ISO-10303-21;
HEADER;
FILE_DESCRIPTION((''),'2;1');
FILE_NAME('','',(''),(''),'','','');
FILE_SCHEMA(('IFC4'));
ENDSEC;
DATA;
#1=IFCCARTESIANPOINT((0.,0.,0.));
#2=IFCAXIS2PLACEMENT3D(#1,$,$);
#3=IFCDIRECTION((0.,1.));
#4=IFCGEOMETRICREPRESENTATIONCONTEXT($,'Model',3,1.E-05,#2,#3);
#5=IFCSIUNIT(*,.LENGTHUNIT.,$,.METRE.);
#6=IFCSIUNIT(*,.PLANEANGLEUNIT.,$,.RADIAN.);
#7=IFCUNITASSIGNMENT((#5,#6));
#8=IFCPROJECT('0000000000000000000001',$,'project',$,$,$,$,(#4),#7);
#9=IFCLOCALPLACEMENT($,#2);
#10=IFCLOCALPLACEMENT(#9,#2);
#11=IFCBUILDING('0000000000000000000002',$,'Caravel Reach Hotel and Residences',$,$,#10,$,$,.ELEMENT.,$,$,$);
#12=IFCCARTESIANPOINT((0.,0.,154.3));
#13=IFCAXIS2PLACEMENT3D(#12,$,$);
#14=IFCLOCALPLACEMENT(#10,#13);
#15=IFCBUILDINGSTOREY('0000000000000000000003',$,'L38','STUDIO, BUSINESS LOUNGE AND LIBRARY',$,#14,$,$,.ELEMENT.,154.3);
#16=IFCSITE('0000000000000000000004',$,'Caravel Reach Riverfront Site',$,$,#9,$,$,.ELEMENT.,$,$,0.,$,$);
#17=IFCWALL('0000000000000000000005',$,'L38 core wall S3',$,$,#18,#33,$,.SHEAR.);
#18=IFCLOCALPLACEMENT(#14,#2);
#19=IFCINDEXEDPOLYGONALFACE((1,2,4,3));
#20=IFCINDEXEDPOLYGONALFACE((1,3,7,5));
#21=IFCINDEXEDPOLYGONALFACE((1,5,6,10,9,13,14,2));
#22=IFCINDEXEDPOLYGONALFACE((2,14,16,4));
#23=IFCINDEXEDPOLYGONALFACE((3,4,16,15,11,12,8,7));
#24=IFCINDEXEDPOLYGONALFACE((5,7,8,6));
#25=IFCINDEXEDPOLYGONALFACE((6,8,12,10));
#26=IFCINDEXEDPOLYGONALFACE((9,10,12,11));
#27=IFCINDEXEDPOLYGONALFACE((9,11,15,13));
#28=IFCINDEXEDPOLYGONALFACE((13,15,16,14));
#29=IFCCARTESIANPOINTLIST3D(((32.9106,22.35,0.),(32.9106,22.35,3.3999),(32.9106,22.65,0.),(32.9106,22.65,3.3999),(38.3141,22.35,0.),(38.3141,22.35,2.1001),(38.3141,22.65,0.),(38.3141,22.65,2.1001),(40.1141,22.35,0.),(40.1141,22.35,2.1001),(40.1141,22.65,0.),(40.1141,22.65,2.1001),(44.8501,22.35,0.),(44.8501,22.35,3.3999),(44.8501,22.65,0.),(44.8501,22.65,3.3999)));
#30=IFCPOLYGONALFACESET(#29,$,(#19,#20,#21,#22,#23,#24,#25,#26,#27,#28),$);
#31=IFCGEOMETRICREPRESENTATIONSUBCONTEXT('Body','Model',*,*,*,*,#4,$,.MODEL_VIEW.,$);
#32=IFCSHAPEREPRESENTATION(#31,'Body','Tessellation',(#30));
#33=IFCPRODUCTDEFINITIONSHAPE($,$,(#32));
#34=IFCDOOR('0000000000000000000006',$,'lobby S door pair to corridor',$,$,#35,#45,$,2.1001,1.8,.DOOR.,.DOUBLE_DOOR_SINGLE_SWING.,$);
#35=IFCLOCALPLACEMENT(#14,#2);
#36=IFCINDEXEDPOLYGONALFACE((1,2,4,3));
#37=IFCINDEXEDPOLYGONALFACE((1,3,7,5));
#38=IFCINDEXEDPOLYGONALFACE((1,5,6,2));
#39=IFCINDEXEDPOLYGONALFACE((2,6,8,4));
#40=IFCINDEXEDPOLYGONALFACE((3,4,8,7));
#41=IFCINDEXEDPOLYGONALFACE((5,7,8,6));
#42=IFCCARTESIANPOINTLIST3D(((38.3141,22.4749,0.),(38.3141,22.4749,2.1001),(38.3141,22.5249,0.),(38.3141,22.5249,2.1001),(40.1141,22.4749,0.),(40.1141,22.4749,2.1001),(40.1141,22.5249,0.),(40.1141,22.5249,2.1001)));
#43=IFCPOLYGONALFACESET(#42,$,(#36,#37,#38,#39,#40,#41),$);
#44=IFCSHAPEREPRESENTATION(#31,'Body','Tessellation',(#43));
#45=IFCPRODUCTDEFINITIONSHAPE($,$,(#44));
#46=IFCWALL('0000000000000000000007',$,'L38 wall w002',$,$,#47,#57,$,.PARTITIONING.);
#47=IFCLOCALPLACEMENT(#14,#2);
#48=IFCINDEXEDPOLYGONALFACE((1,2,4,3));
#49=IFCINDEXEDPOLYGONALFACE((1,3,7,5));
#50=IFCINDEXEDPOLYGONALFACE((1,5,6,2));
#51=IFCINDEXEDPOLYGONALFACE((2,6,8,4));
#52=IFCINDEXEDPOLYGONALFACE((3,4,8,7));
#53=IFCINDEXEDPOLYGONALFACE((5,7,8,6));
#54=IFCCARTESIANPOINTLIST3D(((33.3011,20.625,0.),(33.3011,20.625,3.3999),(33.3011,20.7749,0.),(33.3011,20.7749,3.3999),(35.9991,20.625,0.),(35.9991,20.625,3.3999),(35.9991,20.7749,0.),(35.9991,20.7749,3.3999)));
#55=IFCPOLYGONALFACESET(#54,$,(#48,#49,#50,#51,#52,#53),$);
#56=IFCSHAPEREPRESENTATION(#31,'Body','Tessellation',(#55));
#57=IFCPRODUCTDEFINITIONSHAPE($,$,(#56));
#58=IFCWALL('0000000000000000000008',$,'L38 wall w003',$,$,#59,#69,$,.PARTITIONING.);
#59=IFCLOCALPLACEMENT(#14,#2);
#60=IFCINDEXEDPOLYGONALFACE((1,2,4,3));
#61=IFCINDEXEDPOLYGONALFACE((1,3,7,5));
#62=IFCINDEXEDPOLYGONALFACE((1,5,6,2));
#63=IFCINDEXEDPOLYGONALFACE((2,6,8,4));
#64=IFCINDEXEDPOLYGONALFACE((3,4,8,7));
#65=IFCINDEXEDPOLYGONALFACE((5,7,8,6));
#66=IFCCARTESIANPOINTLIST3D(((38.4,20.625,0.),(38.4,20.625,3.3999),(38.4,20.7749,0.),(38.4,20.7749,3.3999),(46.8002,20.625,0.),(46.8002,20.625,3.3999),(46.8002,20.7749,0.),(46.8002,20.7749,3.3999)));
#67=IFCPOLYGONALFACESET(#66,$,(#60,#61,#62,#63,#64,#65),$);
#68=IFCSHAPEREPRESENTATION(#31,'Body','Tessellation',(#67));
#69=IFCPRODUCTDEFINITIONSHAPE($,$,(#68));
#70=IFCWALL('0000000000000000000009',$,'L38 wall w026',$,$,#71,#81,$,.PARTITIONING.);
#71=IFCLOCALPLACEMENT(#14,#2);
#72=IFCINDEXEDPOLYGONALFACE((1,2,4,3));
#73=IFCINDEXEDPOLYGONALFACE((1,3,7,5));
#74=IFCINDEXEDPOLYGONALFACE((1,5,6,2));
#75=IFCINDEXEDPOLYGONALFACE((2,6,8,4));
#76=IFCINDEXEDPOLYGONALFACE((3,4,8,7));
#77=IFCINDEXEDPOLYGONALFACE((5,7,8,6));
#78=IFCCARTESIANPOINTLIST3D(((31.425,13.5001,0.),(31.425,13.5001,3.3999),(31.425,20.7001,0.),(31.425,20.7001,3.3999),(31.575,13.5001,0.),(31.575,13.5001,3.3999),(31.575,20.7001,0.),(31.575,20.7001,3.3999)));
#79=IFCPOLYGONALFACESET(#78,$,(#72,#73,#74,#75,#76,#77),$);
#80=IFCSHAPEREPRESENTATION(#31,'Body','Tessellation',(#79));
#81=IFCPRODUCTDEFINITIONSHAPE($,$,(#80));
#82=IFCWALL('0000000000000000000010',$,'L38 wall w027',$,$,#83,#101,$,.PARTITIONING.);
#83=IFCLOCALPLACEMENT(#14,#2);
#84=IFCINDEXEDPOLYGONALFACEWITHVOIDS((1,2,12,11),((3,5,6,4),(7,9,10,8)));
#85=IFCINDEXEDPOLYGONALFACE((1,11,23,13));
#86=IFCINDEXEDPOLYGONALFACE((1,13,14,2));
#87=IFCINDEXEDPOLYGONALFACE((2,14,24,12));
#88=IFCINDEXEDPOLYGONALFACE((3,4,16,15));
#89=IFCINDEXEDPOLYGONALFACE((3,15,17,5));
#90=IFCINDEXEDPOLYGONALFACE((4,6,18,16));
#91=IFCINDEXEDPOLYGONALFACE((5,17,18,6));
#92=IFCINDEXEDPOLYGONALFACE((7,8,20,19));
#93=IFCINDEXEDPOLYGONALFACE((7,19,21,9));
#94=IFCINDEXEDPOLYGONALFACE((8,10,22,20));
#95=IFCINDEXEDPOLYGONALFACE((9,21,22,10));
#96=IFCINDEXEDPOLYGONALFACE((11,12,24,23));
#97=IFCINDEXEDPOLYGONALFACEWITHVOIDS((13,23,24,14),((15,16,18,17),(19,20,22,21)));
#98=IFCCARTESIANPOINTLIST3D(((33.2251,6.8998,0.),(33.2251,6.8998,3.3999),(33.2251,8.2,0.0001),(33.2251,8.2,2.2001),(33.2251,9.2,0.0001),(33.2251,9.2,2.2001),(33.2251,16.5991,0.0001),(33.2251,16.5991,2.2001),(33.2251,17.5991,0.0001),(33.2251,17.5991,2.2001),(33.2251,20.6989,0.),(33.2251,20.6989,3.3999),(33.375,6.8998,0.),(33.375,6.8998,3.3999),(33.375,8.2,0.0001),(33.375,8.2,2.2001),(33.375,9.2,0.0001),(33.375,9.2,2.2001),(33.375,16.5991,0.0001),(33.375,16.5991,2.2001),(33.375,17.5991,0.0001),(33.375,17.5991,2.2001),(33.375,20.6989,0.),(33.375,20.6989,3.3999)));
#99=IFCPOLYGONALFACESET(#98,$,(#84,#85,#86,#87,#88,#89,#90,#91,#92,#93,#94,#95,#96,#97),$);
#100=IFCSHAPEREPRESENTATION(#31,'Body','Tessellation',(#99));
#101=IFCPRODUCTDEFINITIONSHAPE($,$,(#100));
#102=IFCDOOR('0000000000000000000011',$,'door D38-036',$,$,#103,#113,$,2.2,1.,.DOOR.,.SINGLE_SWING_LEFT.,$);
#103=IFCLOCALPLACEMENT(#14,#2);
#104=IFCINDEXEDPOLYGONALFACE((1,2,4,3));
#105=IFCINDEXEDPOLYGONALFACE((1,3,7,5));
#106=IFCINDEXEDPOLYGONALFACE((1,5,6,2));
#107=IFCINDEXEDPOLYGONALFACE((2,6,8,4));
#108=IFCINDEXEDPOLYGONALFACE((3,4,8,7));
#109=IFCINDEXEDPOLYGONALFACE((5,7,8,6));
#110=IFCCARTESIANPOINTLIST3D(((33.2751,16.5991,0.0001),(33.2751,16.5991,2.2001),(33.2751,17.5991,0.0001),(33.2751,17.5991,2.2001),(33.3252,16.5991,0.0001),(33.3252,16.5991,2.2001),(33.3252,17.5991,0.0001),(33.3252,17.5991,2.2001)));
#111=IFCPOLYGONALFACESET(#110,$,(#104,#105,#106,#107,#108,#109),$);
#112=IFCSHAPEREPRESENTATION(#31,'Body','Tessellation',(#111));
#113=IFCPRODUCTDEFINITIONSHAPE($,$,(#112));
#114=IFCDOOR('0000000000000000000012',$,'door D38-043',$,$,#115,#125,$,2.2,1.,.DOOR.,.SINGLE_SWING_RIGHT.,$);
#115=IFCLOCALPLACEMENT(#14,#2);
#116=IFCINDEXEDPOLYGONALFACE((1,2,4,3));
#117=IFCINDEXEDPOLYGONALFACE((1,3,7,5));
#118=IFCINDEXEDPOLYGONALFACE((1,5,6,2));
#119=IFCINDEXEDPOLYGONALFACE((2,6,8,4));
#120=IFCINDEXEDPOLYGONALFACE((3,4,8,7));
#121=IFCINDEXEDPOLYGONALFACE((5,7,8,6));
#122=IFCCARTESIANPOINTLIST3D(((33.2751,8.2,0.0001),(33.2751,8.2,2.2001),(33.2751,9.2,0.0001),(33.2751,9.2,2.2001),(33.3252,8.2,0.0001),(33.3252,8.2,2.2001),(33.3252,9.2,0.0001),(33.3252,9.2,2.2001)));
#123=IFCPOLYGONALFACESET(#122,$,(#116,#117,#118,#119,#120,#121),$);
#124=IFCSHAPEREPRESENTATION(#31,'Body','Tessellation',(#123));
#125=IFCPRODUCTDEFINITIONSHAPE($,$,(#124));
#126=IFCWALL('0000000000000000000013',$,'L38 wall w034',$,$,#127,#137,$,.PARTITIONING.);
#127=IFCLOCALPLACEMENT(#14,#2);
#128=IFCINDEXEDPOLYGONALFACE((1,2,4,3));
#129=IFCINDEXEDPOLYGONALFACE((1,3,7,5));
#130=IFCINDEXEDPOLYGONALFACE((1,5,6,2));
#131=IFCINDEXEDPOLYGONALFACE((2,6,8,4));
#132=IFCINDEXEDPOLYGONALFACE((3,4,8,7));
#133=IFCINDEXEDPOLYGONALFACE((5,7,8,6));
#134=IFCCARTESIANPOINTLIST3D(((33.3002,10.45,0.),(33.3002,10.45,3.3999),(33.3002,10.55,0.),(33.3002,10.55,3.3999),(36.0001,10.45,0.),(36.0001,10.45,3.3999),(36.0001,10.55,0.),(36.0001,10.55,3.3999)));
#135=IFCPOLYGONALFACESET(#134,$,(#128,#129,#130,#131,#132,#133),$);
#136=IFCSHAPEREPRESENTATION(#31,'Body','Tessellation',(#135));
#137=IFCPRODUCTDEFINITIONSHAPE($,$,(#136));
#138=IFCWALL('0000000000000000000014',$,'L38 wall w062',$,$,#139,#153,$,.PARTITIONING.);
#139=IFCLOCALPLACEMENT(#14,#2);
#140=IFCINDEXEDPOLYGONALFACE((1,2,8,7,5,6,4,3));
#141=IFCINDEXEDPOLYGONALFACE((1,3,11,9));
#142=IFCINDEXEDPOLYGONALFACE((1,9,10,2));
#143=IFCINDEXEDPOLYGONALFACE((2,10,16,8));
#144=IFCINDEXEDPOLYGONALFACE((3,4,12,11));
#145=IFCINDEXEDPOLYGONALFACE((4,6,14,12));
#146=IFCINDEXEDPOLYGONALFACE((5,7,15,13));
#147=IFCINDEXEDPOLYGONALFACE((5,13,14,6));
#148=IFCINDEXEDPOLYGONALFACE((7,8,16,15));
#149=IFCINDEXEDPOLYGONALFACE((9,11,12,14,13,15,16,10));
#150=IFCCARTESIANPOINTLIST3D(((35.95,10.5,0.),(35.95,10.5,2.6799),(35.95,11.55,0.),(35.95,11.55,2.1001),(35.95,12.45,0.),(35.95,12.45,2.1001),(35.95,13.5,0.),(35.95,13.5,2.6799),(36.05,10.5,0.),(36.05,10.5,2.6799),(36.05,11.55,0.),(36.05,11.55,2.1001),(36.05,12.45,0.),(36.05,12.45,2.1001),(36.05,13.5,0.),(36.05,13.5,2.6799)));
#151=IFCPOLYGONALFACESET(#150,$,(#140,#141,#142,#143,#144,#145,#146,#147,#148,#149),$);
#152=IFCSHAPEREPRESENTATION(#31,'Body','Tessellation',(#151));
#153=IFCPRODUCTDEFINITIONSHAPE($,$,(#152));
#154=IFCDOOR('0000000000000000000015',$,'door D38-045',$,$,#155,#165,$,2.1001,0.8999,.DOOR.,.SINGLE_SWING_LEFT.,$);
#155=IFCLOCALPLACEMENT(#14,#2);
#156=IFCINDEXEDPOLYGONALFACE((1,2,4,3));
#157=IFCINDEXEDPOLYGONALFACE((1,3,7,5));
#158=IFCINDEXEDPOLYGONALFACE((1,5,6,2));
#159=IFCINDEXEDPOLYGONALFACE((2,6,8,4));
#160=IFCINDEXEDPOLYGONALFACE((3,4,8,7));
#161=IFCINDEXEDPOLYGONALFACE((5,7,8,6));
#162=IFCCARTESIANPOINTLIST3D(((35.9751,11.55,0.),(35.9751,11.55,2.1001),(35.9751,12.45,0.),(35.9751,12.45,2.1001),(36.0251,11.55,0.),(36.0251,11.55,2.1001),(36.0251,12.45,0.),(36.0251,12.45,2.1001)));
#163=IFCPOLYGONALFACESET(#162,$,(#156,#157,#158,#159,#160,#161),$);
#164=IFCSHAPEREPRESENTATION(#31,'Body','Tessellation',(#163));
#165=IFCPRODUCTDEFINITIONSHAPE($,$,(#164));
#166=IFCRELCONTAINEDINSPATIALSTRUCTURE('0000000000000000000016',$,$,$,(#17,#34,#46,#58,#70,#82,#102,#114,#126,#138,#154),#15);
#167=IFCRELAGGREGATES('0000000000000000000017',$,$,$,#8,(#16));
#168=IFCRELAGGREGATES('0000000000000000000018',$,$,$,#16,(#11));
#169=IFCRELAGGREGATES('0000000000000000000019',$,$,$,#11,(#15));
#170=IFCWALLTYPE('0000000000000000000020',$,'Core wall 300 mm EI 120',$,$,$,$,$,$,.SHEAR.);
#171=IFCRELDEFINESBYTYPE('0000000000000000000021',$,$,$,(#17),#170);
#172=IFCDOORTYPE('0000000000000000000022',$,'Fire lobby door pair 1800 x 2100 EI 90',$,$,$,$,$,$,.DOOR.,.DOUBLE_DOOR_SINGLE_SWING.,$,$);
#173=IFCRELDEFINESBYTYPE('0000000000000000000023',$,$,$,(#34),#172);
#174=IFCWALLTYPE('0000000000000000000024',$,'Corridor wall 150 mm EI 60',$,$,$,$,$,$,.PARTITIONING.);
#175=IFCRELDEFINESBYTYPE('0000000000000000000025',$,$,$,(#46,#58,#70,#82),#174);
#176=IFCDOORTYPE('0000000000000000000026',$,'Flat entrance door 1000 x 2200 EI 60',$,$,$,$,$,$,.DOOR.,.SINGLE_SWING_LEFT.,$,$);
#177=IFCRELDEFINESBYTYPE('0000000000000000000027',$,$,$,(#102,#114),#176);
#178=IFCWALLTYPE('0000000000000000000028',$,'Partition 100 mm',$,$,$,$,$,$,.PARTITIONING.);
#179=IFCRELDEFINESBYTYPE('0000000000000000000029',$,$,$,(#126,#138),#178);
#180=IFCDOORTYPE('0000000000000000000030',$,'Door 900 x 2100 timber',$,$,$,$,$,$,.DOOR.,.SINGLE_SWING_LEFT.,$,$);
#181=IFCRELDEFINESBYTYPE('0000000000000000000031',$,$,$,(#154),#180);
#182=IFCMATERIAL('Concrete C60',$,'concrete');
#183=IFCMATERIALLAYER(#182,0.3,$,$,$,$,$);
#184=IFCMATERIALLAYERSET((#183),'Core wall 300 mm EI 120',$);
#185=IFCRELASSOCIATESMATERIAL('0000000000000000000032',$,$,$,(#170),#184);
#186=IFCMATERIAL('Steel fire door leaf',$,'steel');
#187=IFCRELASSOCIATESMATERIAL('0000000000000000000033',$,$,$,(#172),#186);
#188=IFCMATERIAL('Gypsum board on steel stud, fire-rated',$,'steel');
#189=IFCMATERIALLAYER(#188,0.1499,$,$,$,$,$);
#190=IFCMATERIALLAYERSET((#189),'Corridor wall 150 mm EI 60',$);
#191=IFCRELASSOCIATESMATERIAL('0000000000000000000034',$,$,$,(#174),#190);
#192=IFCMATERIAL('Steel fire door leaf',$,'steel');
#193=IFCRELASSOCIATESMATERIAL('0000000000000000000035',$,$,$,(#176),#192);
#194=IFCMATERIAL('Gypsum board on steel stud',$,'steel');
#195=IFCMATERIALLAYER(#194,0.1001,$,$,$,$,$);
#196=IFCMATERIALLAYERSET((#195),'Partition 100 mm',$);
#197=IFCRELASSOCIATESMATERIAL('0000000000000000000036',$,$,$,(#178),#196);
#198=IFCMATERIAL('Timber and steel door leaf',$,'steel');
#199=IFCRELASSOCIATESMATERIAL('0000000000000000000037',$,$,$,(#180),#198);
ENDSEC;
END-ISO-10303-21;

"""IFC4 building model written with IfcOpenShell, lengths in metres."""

from ifc_helpers import new_model, si_unit, direction, frame, frame_2d, origin, place, context, subcontext, project, spatial, rectangle, extrude, material, layer, layer_set, type_object, element, fill, save


model = new_model("IFC4")

# Units and contexts
model_context = context("Model", 3, precision=1e-05, world=origin(), true_north=direction((0.0, 1.0)))
body_context = subcontext(model_context, "Body", "Model", "MODEL_VIEW")
ifc_project = project(units=[si_unit("LENGTHUNIT", "METRE"), si_unit("PLANEANGLEUNIT", "RADIAN")], contexts=[model_context])

# Site, building, storey
site_placement = place(None, origin())
site = spatial("IfcSite", under=ifc_project, at=site_placement, Name="Caravel Reach Riverfront Site", CompositionType="ELEMENT", RefElevation=0.0)
building_placement = place(site_placement, origin())
building = spatial("IfcBuilding", under=site, at=building_placement, Name="Caravel Reach Hotel and Residences", CompositionType="ELEMENT")
storey_placement = place(building_placement, frame((0.0, 0.0, 154.3)))
storey = spatial("IfcBuildingStorey", under=building, at=storey_placement, Name="L38", Description="STUDIO, BUSINESS LOUNGE AND LIBRARY", CompositionType="ELEMENT", Elevation=154.3)

# Wall, opening, door
ifc_material_1 = material(Name="Concrete C60", Category="concrete")
ifc_layer_1 = layer(ifc_material_1, 0.3)
ifc_layer_set_1 = layer_set([ifc_layer_1], Name="Core wall 300 mm EI 120")
wall_type_1 = type_object("IfcWallType", Name="Core wall 300 mm EI 120", PredefinedType="SHEAR", material=ifc_layer_set_1)
wall_1_placement = place(storey_placement, frame((32.9106, 22.5, 0.0), z_axis=(0.0, 0.0, 1.0), x_axis=(1.0, 0.0, 0.0)))
wall_1 = element("IfcWall", 1, at=wall_1_placement, inside=storey, type_object=wall_type_1, Name="L38 core wall S3", PredefinedType="SHEAR", context=body_context, shape_type="SweptSolid", body=[
    extrude(rectangle(XDim=11.9395, YDim=0.3, at=frame_2d((5.9697, 0.0))), origin(), (0.0, 0.0, 1.0), 3.3999),
])
opening_1_placement = place(wall_1_placement, frame((5.4036, 0.0, 0.0)))
opening_1 = element("IfcOpeningElement", 2, at=opening_1_placement, cuts=wall_1, PredefinedType="OPENING", context=body_context, shape_type="SweptSolid", body=[
    extrude(rectangle(XDim=1.8, YDim=2.1001, at=frame_2d((0.8999, 1.05))), frame((0.0, 0.1599, 0.0), z_axis=(0.0, -1.0, 0.0), x_axis=(1.0, 0.0, 0.0)), (0.0, 0.0, 1.0), 0.3201),
])
ifc_material_2 = material(Name="Steel fire door leaf", Category="steel")
door_type_1 = type_object("IfcDoorType", Name="Fire lobby door pair 1800 x 2100 EI 90", OperationType="DOUBLE_DOOR_SINGLE_SWING", PredefinedType="DOOR", material=ifc_material_2)
door_1_placement = place(opening_1_placement, origin())
door_1 = element("IfcDoor", 3, at=door_1_placement, inside=storey, type_object=door_type_1, Name="lobby S door pair to corridor", OperationType="DOUBLE_DOOR_SINGLE_SWING", OverallHeight=2.1001, OverallWidth=1.8, PredefinedType="DOOR", context=body_context, shape_type="SweptSolid", body=[
    extrude(rectangle(XDim=1.8, YDim=2.1001, at=frame_2d((0.8999, 1.05))), frame((0.0, 0.0249, 0.0), z_axis=(0.0, -1.0, 0.0), x_axis=(1.0, 0.0, 0.0)), (0.0, 0.0, 1.0), 0.05),
])
fill(opening_1, door_1)

# Walls
ifc_material_3 = material(Name="Gypsum board on steel stud, fire-rated", Category="steel")
ifc_layer_2 = layer(ifc_material_3, 0.1499)
ifc_layer_set_2 = layer_set([ifc_layer_2], Name="Corridor wall 150 mm EI 60")
wall_type_2 = type_object("IfcWallType", Name="Corridor wall 150 mm EI 60", PredefinedType="PARTITIONING", material=ifc_layer_set_2)
wall_2_placement = place(storey_placement, frame((33.301, 20.7, 0.0), z_axis=(0.0, 0.0, 1.0), x_axis=(1.0, 0.0, 0.0)))
element("IfcWall", 4, at=wall_2_placement, inside=storey, type_object=wall_type_2, Name="L38 wall w002", PredefinedType="PARTITIONING", context=body_context, shape_type="SweptSolid", body=[
    extrude(rectangle(XDim=2.698, YDim=0.1499, at=frame_2d((1.3491, 0.0))), origin(), (0.0, 0.0, 1.0), 3.3999),
])
wall_3_placement = place(storey_placement, frame((38.3999, 20.7, 0.0), z_axis=(0.0, 0.0, 1.0), x_axis=(1.0, 0.0, 0.0)))
element("IfcWall", 5, at=wall_3_placement, inside=storey, type_object=wall_type_2, Name="L38 wall w003", PredefinedType="PARTITIONING", context=body_context, shape_type="SweptSolid", body=[
    extrude(rectangle(XDim=8.4001, YDim=0.1499, at=frame_2d((4.2002, 0.0))), origin(), (0.0, 0.0, 1.0), 3.3999),
])
wall_4_placement = place(storey_placement, frame((31.5, 13.5, 0.0), z_axis=(0.0, 0.0, 1.0), x_axis=(0.0, 1.0, 0.0)))
element("IfcWall", 6, at=wall_4_placement, inside=storey, type_object=wall_type_2, Name="L38 wall w026", PredefinedType="PARTITIONING", context=body_context, shape_type="SweptSolid", body=[
    extrude(rectangle(XDim=7.2, YDim=0.1499, at=frame_2d((3.6001, 0.0))), origin(), (0.0, 0.0, 1.0), 3.3999),
])

# Wall, openings, doors
wall_5_placement = place(storey_placement, frame((33.3, 6.8999, 0.0), z_axis=(0.0, 0.0, 1.0), x_axis=(0.0, 1.0, 0.0)))
wall_5 = element("IfcWall", 7, at=wall_5_placement, inside=storey, type_object=wall_type_2, Name="L38 wall w027", PredefinedType="PARTITIONING", context=body_context, shape_type="SweptSolid", body=[
    extrude(rectangle(XDim=13.7991, YDim=0.1499, at=frame_2d((6.8994, 0.0))), origin(), (0.0, 0.0, 1.0), 3.3999),
])
opening_2_placement = place(wall_5_placement, frame((9.6992, 0.0, 0.0)))
opening_2 = element("IfcOpeningElement", 8, at=opening_2_placement, cuts=wall_5, PredefinedType="OPENING", context=body_context, shape_type="SweptSolid", body=[
    extrude(rectangle(XDim=1.0, YDim=2.2, at=frame_2d((0.5, 1.1001))), frame((0.0, 0.085, 0.0), z_axis=(0.0, -1.0, 0.0), x_axis=(1.0, 0.0, 0.0)), (0.0, 0.0, 1.0), 0.1699),
])
opening_3_placement = place(wall_5_placement, frame((1.3, 0.0, 0.0)))
opening_3 = element("IfcOpeningElement", 9, at=opening_3_placement, cuts=wall_5, PredefinedType="OPENING", context=body_context, shape_type="SweptSolid", body=[
    extrude(rectangle(XDim=1.0, YDim=2.2, at=frame_2d((0.5, 1.1001))), frame((0.0, 0.085, 0.0), z_axis=(0.0, -1.0, 0.0), x_axis=(1.0, 0.0, 0.0)), (0.0, 0.0, 1.0), 0.1699),
])
ifc_material_4 = material(Name="Steel fire door leaf", Category="steel")
door_type_2 = type_object("IfcDoorType", Name="Flat entrance door 1000 x 2200 EI 60", OperationType="SINGLE_SWING_LEFT", PredefinedType="DOOR", material=ifc_material_4)
door_2_placement = place(opening_2_placement, origin())
door_2 = element("IfcDoor", 10, at=door_2_placement, inside=storey, type_object=door_type_2, Name="door D38-036", OperationType="SINGLE_SWING_LEFT", OverallHeight=2.2, OverallWidth=1.0, PredefinedType="DOOR", context=body_context, shape_type="SweptSolid", body=[
    extrude(rectangle(XDim=1.0, YDim=2.2, at=frame_2d((0.5, 1.1001))), frame((0.0, 0.0249, 0.0), z_axis=(0.0, -1.0, 0.0), x_axis=(1.0, 0.0, 0.0)), (0.0, 0.0, 1.0), 0.05),
])
fill(opening_2, door_2)
door_3_placement = place(opening_3_placement, origin())
door_3 = element("IfcDoor", 11, at=door_3_placement, inside=storey, type_object=door_type_2, Name="door D38-043", OperationType="SINGLE_SWING_RIGHT", OverallHeight=2.2, OverallWidth=1.0, PredefinedType="DOOR", context=body_context, shape_type="SweptSolid", body=[
    extrude(rectangle(XDim=1.0, YDim=2.2, at=frame_2d((0.5, 1.1001))), frame((0.0, 0.0249, 0.0), z_axis=(0.0, -1.0, 0.0), x_axis=(1.0, 0.0, 0.0)), (0.0, 0.0, 1.0), 0.05),
])
fill(opening_3, door_3)

# Wall
ifc_material_5 = material(Name="Gypsum board on steel stud", Category="steel")
ifc_layer_3 = layer(ifc_material_5, 0.1001)
ifc_layer_set_3 = layer_set([ifc_layer_3], Name="Partition 100 mm")
wall_type_3 = type_object("IfcWallType", Name="Partition 100 mm", PredefinedType="PARTITIONING", material=ifc_layer_set_3)
wall_6_placement = place(storey_placement, frame((33.3, 10.5, 0.0), z_axis=(0.0, 0.0, 1.0), x_axis=(1.0, 0.0, 0.0)))
element("IfcWall", 12, at=wall_6_placement, inside=storey, type_object=wall_type_3, Name="L38 wall w034", PredefinedType="PARTITIONING", context=body_context, shape_type="SweptSolid", body=[
    extrude(rectangle(XDim=2.7, YDim=0.1001, at=frame_2d((1.3501, 0.0))), origin(), (0.0, 0.0, 1.0), 3.3999),
])

# Wall, opening, door
wall_7_placement = place(storey_placement, frame((36.0, 10.5, 0.0), z_axis=(0.0, 0.0, 1.0), x_axis=(0.0, 1.0, 0.0)))
wall_7 = element("IfcWall", 13, at=wall_7_placement, inside=storey, type_object=wall_type_3, Name="L38 wall w062", PredefinedType="PARTITIONING", context=body_context, shape_type="SweptSolid", body=[
    extrude(rectangle(XDim=3.0, YDim=0.1001, at=frame_2d((1.5, 0.0))), origin(), (0.0, 0.0, 1.0), 2.6799),
])
opening_4_placement = place(wall_7_placement, frame((1.05, 0.0, 0.0)))
opening_4 = element("IfcOpeningElement", 14, at=opening_4_placement, cuts=wall_7, PredefinedType="OPENING", context=body_context, shape_type="SweptSolid", body=[
    extrude(rectangle(XDim=0.8999, YDim=2.1001, at=frame_2d((0.45, 1.05))), frame((0.0, 0.0601, 0.0), z_axis=(0.0, -1.0, 0.0), x_axis=(1.0, 0.0, 0.0)), (0.0, 0.0, 1.0), 0.1201),
])
ifc_material_6 = material(Name="Timber and steel door leaf", Category="steel")
door_type_3 = type_object("IfcDoorType", Name="Door 900 x 2100 timber", OperationType="SINGLE_SWING_LEFT", PredefinedType="DOOR", material=ifc_material_6)
door_4_placement = place(opening_4_placement, origin())
door_4 = element("IfcDoor", 15, at=door_4_placement, inside=storey, type_object=door_type_3, Name="door D38-045", OperationType="SINGLE_SWING_LEFT", OverallHeight=2.1001, OverallWidth=0.8999, PredefinedType="DOOR", context=body_context, shape_type="SweptSolid", body=[
    extrude(rectangle(XDim=0.8999, YDim=2.1001, at=frame_2d((0.45, 1.05))), frame((0.0, 0.0249, 0.0), z_axis=(0.0, -1.0, 0.0), x_axis=(1.0, 0.0, 0.0)), (0.0, 0.0, 1.0), 0.05),
])
fill(opening_4, door_4)

save(model, "model.ifc")
